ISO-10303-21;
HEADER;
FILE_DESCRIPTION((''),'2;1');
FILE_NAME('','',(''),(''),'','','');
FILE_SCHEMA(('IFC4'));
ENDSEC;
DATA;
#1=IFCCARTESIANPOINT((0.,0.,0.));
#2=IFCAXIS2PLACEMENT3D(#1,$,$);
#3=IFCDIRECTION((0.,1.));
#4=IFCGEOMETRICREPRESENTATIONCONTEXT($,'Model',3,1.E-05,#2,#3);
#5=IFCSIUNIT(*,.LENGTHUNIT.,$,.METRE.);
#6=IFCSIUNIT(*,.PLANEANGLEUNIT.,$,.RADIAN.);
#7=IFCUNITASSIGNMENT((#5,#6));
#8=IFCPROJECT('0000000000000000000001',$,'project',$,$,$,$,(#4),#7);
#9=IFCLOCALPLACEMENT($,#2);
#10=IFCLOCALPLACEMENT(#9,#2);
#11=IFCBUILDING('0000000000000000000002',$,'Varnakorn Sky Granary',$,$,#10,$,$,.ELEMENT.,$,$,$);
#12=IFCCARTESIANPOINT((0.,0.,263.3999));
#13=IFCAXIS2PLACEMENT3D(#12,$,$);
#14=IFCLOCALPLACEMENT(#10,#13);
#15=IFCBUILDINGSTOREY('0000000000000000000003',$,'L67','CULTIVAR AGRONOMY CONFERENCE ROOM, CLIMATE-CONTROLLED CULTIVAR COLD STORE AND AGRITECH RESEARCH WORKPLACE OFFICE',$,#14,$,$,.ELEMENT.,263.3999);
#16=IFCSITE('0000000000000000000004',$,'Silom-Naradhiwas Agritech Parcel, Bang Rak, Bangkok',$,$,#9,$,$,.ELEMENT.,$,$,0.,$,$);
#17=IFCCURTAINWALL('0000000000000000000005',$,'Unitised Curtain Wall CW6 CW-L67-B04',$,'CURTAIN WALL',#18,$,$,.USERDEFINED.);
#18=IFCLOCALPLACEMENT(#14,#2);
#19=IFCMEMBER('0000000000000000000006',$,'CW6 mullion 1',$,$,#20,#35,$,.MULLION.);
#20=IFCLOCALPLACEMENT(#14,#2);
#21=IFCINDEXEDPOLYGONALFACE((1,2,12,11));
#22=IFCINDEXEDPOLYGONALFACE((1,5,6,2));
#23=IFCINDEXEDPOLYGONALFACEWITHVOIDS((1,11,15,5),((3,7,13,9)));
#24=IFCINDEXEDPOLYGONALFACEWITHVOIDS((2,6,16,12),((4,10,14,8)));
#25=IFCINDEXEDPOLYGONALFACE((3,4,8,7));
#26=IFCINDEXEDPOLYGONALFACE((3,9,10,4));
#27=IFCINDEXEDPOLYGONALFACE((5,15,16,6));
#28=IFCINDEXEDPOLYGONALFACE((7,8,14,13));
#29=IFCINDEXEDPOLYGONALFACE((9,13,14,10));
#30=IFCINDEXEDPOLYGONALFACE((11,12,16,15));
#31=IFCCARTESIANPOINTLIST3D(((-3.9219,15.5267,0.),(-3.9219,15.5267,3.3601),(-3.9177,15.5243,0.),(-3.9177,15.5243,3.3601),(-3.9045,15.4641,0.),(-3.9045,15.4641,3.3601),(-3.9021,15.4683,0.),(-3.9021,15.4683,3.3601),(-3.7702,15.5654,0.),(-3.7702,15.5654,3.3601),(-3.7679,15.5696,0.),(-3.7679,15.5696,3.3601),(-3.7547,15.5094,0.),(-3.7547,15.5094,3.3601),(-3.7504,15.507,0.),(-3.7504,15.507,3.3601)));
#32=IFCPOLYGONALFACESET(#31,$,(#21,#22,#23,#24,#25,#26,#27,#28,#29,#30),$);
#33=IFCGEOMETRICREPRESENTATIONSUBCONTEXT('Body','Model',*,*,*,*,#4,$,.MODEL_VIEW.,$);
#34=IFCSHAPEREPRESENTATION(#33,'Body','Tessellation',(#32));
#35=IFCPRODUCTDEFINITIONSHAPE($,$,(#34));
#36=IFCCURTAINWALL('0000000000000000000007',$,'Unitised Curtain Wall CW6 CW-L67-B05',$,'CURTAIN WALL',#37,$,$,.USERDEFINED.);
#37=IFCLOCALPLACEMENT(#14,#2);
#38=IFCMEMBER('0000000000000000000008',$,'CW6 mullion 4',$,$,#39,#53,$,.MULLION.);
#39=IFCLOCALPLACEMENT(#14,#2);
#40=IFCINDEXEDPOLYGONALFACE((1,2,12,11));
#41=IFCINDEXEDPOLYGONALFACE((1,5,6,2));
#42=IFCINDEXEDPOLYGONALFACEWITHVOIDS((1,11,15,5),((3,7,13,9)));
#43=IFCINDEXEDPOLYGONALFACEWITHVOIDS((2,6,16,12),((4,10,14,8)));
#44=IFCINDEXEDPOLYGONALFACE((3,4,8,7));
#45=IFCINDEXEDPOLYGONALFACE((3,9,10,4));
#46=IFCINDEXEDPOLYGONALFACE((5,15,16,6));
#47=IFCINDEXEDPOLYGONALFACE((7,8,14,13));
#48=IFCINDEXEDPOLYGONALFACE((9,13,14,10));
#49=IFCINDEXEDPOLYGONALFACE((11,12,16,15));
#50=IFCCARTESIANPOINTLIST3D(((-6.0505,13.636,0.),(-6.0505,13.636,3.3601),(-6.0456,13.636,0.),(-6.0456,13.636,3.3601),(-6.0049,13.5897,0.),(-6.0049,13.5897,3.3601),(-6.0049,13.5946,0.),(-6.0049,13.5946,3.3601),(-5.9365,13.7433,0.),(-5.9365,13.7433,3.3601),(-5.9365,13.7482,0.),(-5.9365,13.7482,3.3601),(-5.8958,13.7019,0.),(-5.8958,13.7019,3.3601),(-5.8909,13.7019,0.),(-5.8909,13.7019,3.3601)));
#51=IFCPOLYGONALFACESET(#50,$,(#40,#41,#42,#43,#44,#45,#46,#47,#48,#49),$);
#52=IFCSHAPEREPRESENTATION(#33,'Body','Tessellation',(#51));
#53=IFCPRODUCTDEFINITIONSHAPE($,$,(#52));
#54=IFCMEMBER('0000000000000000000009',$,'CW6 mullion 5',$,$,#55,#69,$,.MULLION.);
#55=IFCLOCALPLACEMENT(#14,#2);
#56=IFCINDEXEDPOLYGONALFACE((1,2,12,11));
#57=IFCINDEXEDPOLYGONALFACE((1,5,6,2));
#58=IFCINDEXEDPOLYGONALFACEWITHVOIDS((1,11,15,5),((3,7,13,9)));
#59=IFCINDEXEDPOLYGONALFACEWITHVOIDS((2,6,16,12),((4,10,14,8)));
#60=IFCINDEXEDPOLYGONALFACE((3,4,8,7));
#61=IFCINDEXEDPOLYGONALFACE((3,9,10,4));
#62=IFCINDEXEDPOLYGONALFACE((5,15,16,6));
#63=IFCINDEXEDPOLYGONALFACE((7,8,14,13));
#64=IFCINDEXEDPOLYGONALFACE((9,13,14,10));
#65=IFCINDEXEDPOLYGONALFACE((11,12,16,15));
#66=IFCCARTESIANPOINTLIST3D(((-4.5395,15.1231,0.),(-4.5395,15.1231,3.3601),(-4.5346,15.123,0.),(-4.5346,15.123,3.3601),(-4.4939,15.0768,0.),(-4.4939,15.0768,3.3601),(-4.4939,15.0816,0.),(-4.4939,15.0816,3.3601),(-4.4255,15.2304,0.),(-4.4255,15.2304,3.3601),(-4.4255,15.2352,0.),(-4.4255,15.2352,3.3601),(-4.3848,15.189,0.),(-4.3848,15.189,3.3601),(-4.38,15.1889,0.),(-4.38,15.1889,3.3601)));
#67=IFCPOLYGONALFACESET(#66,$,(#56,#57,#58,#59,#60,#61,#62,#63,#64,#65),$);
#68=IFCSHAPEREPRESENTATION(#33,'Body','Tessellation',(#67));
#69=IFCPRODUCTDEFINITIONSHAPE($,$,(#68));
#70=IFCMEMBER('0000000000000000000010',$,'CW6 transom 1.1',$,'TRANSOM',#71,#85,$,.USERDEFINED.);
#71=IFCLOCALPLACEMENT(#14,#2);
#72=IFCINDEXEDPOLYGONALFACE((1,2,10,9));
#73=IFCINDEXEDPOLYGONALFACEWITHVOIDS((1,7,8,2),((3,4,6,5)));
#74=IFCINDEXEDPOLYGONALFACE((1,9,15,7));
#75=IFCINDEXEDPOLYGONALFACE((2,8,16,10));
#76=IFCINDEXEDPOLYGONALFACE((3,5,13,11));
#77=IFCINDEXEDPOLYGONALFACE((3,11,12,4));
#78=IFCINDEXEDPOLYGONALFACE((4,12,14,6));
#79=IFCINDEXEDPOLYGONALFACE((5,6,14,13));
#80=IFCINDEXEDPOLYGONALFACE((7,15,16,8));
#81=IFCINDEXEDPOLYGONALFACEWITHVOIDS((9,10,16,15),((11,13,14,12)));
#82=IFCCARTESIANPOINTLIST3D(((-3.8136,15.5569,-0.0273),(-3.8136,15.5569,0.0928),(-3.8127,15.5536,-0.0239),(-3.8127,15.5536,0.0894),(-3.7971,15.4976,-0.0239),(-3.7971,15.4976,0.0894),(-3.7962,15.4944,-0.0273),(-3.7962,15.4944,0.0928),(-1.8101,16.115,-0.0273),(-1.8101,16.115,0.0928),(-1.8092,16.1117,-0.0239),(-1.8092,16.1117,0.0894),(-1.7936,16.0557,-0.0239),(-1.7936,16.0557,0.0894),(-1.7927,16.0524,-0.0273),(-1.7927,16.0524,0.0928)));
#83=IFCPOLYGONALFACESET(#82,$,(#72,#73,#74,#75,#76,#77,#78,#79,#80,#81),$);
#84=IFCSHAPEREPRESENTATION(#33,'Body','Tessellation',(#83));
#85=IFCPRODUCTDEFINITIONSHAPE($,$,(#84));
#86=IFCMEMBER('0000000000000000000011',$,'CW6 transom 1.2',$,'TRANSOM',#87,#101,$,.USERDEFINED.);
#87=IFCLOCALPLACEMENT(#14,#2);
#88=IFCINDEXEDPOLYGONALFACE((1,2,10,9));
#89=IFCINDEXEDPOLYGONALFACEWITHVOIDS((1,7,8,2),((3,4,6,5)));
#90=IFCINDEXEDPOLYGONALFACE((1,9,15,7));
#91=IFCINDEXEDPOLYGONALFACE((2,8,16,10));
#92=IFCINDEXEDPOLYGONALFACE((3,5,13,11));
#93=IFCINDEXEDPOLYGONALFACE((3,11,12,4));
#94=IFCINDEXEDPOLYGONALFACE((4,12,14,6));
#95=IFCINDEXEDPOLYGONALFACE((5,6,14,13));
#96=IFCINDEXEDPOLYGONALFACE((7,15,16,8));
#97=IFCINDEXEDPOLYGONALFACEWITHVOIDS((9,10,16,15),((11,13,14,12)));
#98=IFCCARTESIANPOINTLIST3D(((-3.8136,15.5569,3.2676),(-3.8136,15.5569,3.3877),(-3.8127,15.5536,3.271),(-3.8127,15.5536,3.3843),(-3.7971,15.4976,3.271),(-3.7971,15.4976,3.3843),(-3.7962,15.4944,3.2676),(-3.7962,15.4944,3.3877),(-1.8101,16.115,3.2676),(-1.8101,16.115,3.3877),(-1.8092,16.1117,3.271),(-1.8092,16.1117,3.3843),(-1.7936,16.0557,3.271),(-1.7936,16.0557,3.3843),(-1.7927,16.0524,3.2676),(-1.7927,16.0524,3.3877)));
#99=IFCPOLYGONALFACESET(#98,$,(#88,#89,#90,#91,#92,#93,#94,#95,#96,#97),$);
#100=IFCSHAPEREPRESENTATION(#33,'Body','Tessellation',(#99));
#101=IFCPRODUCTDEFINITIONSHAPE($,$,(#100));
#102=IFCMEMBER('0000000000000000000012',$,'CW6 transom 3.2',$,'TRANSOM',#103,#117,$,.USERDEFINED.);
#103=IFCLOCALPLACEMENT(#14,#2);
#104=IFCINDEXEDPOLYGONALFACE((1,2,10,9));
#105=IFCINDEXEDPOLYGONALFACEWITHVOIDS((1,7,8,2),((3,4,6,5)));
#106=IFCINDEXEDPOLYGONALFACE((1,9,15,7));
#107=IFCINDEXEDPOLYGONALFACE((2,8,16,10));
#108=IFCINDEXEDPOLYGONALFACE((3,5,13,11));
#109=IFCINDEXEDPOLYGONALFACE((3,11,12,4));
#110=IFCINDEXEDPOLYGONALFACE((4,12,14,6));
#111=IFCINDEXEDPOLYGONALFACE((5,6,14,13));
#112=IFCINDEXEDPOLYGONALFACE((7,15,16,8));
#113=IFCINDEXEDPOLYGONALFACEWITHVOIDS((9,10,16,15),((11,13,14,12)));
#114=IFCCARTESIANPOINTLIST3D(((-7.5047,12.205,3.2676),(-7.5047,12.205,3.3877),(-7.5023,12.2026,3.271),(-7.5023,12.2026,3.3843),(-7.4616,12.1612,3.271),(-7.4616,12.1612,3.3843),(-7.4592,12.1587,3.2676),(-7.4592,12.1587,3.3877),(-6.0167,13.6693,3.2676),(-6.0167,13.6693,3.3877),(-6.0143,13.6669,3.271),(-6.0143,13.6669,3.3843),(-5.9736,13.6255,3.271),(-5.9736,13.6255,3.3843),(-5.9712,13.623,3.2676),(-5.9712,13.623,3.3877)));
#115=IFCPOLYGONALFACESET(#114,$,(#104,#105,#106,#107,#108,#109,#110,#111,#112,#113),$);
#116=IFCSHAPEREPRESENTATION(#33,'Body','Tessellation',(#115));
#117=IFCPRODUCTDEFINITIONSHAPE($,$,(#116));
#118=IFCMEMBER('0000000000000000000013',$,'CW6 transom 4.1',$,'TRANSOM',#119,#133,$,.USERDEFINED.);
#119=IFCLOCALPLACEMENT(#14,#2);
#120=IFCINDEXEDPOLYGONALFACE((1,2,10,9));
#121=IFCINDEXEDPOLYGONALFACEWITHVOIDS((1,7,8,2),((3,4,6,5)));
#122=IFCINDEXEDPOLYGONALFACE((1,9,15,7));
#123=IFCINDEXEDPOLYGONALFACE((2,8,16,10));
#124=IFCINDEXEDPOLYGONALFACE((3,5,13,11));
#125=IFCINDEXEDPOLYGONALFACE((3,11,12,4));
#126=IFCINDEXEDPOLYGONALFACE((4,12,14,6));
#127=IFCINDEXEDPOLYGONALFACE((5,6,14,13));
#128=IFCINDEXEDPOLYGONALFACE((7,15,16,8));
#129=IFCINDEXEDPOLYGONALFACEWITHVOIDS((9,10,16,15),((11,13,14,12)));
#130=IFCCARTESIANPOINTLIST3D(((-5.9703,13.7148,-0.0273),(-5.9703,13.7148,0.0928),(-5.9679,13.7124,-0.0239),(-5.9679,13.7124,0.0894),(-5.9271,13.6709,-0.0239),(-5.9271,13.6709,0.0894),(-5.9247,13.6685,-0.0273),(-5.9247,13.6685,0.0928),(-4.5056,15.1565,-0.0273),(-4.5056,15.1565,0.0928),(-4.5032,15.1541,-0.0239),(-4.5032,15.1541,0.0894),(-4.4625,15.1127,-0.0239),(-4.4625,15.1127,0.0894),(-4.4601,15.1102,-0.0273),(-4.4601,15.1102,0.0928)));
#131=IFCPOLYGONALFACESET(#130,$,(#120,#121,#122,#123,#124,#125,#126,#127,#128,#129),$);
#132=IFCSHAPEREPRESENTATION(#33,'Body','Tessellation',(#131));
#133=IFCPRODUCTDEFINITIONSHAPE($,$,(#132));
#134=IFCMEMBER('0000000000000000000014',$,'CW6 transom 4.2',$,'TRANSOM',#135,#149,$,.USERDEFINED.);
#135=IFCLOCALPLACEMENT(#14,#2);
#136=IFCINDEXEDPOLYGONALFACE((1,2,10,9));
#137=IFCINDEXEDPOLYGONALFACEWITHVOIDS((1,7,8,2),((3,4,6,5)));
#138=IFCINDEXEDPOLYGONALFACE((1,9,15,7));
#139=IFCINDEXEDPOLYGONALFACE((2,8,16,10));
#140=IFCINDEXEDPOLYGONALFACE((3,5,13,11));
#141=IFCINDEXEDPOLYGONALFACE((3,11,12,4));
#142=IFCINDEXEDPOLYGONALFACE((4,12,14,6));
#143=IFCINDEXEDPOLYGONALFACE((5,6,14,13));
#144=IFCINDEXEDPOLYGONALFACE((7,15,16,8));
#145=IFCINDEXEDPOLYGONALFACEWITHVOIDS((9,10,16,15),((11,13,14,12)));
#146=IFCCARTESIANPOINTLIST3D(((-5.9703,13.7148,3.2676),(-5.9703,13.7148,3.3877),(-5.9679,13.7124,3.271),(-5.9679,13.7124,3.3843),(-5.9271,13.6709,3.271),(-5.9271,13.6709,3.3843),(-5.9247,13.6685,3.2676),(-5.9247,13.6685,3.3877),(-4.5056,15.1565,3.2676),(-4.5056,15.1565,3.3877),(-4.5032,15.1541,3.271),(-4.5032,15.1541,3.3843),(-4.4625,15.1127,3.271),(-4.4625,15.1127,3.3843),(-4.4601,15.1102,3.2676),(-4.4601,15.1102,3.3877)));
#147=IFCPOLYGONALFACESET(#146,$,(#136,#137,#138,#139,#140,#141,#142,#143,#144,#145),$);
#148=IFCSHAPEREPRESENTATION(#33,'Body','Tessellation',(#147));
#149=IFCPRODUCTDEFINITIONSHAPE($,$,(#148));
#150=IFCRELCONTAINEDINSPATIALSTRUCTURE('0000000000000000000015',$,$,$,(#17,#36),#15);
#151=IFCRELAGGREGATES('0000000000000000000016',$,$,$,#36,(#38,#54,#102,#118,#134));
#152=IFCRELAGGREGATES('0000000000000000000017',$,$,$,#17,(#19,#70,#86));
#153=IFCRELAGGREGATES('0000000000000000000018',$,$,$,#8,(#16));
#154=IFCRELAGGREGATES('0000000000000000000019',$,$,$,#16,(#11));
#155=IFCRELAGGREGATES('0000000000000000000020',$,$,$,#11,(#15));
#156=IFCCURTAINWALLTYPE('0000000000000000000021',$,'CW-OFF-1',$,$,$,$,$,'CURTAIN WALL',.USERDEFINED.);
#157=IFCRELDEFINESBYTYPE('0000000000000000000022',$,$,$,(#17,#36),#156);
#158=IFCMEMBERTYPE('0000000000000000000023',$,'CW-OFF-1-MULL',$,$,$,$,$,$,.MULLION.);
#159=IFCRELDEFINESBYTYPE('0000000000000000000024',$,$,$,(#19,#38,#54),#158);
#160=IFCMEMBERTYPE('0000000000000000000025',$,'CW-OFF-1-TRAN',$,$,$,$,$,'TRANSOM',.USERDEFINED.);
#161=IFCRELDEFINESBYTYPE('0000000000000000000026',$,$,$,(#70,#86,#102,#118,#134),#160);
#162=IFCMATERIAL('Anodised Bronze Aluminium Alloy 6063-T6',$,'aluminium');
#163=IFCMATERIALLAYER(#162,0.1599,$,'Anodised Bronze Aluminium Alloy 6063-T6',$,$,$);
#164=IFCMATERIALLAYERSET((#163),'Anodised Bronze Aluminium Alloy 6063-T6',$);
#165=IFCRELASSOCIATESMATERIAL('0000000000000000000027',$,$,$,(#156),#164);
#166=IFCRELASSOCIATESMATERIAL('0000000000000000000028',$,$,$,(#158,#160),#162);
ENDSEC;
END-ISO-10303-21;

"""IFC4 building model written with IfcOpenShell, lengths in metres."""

from ifc_helpers import new_model, si_unit, direction, frame, origin, origin_2d, place, context, subcontext, project, spatial, hollow_rectangle, extrude, material, layer, layer_set, material_profile, profile_set, type_object, element, aggregate, save


model = new_model("IFC4")

# Units and contexts
model_context = context("Model", 3, precision=1e-05, world=origin(), true_north=direction((0.0, 1.0)))
body_context = subcontext(model_context, "Body", "Model", "MODEL_VIEW")
ifc_project = project(units=[si_unit("LENGTHUNIT", "METRE"), si_unit("PLANEANGLEUNIT", "RADIAN")], contexts=[model_context])

# Site, building, storey
site_placement = place(None, origin())
site = spatial("IfcSite", under=ifc_project, at=site_placement, Name="Silom-Naradhiwas Agritech Parcel, Bang Rak, Bangkok", CompositionType="ELEMENT", RefElevation=0.0)
building_placement = place(site_placement, origin())
building = spatial("IfcBuilding", under=site, at=building_placement, Name="Varnakorn Sky Granary", CompositionType="ELEMENT")
storey_placement = place(building_placement, frame((0.0, 0.0, 263.3999)))
storey = spatial("IfcBuildingStorey", under=building, at=storey_placement, Name="L67", Description="CULTIVAR AGRONOMY CONFERENCE ROOM, CLIMATE-CONTROLLED CULTIVAR COLD STORE AND AGRITECH RESEARCH WORKPLACE OFFICE", CompositionType="ELEMENT", Elevation=263.3999)

# Curtain wall, member
ifc_material_1 = material(Name="Anodised Bronze Aluminium Alloy 6063-T6", Category="aluminium")
ifc_layer_1 = layer(ifc_material_1, 0.1599, Name="Anodised Bronze Aluminium Alloy 6063-T6")
ifc_layer_set_1 = layer_set([ifc_layer_1], Name="Anodised Bronze Aluminium Alloy 6063-T6")
curtain_wall_type = type_object("IfcCurtainWallType", Name="CW-OFF-1", ElementType="CURTAIN WALL", PredefinedType="USERDEFINED", material=ifc_layer_set_1)
curtain_wall_1_placement = place(storey_placement, origin())
curtain_wall_1 = element("IfcCurtainWall", 1, at=curtain_wall_1_placement, inside=storey, type_object=curtain_wall_type, Name="Unitised Curtain Wall CW6 CW-L67-B04", ObjectType="CURTAIN WALL", PredefinedType="USERDEFINED")
ifc_material_profile_1 = material_profile(ifc_material_1, hollow_rectangle(XDim=0.0649, YDim=0.1599, WallThickness=0.0034, at=origin_2d()), Name="ALU MULL 65x160")
ifc_profile_set_1 = profile_set([ifc_material_profile_1], Name="Anodised Bronze Aluminium Alloy 6063-T6")
member_type_1 = type_object("IfcMemberType", Name="CW-OFF-1-MULL", PredefinedType="MULLION", material=ifc_profile_set_1)
member_1_placement = place(storey_placement, frame((-3.8362, 15.5168, 0.0), z_axis=(0.0, 0.0, 1.0), x_axis=(-0.268401, 0.963307, 0.0)))
member_1 = element("IfcMember", 2, at=member_1_placement, type_object=member_type_1, Name="CW6 mullion 1", PredefinedType="MULLION", context=body_context, shape_type="SweptSolid", body=[
    extrude(hollow_rectangle(XDim=0.0649, YDim=0.1599, WallThickness=0.0034, at=origin_2d()), origin(), (0.0, 0.0, 1.0), 3.3601),
])

# Curtain wall, members
curtain_wall_2_placement = place(storey_placement, origin())
curtain_wall_2 = element("IfcCurtainWall", 3, at=curtain_wall_2_placement, inside=storey, type_object=curtain_wall_type, Name="Unitised Curtain Wall CW6 CW-L67-B05", ObjectType="CURTAIN WALL", PredefinedType="USERDEFINED")
member_2_placement = place(storey_placement, frame((-5.9707, 13.6689, 0.0), z_axis=(0.0, 0.0, 1.0), x_axis=(-0.70144, 0.712728, 0.0)))
member_2 = element("IfcMember", 4, at=member_2_placement, type_object=member_type_1, Name="CW6 mullion 4", PredefinedType="MULLION", context=body_context, shape_type="SweptSolid", body=[
    extrude(hollow_rectangle(XDim=0.0649, YDim=0.1599, WallThickness=0.0034, at=origin_2d()), origin(), (0.0, 0.0, 1.0), 3.3601),
])
member_3_placement = place(storey_placement, frame((-4.4597, 15.156, 0.0), z_axis=(0.0, 0.0, 1.0), x_axis=(-0.70144, 0.712728, 0.0)))
member_3 = element("IfcMember", 5, at=member_3_placement, type_object=member_type_1, Name="CW6 mullion 5", PredefinedType="MULLION", context=body_context, shape_type="SweptSolid", body=[
    extrude(hollow_rectangle(XDim=0.0649, YDim=0.1599, WallThickness=0.0034, at=origin_2d()), origin(), (0.0, 0.0, 1.0), 3.3601),
])

# Members
ifc_material_profile_2 = material_profile(ifc_material_1, hollow_rectangle(XDim=0.0649, YDim=0.1201, WallThickness=0.0034, at=origin_2d()), Name="ALU TRAN 65x120")
ifc_profile_set_2 = profile_set([ifc_material_profile_2], Name="Anodised Bronze Aluminium Alloy 6063-T6")
member_type_2 = type_object("IfcMemberType", Name="CW-OFF-1-TRAN", ElementType="TRANSOM", PredefinedType="USERDEFINED", material=ifc_profile_set_2)
member_4_placement = place(storey_placement, frame((-3.8049, 15.5256, 0.0327), z_axis=(0.963328, 0.268328, 0.0), x_axis=(-0.268328, 0.963328, 0.0)))
member_4 = element("IfcMember", 6, at=member_4_placement, type_object=member_type_2, Name="CW6 transom 1.1", ObjectType="TRANSOM", PredefinedType="USERDEFINED", context=body_context, shape_type="SweptSolid", body=[
    extrude(hollow_rectangle(XDim=0.0649, YDim=0.1201, WallThickness=0.0034, at=origin_2d()), origin(), (0.0, 0.0, 1.0), 2.0798),
])
member_5_placement = place(storey_placement, frame((-3.8049, 15.5256, 3.3276), z_axis=(0.963328, 0.268328, 0.0), x_axis=(-0.268328, 0.963328, 0.0)))
member_5 = element("IfcMember", 7, at=member_5_placement, type_object=member_type_2, Name="CW6 transom 1.2", ObjectType="TRANSOM", PredefinedType="USERDEFINED", context=body_context, shape_type="SweptSolid", body=[
    extrude(hollow_rectangle(XDim=0.0649, YDim=0.1201, WallThickness=0.0034, at=origin_2d()), origin(), (0.0, 0.0, 1.0), 2.0798),
])
member_6_placement = place(storey_placement, frame((-7.4819, 12.1819, 3.3276), z_axis=(0.712756, 0.701412, 0.0), x_axis=(-0.701412, 0.712756, 0.0)))
member_6 = element("IfcMember", 8, at=member_6_placement, type_object=member_type_2, Name="CW6 transom 3.2", ObjectType="TRANSOM", PredefinedType="USERDEFINED", context=body_context, shape_type="SweptSolid", body=[
    extrude(hollow_rectangle(XDim=0.0649, YDim=0.1201, WallThickness=0.0034, at=origin_2d()), origin(), (0.0, 0.0, 1.0), 2.0876),
])
member_7_placement = place(storey_placement, frame((-5.9475, 13.6917, 0.0327), z_axis=(0.712668, 0.701501, 0.0), x_axis=(-0.701501, 0.712668, 0.0)))
member_7 = element("IfcMember", 9, at=member_7_placement, type_object=member_type_2, Name="CW6 transom 4.1", ObjectType="TRANSOM", PredefinedType="USERDEFINED", context=body_context, shape_type="SweptSolid", body=[
    extrude(hollow_rectangle(XDim=0.0649, YDim=0.1201, WallThickness=0.0034, at=origin_2d()), origin(), (0.0, 0.0, 1.0), 2.0552),
])
member_8_placement = place(storey_placement, frame((-5.9475, 13.6917, 3.3276), z_axis=(0.712668, 0.701501, 0.0), x_axis=(-0.701501, 0.712668, 0.0)))
member_8 = element("IfcMember", 10, at=member_8_placement, type_object=member_type_2, Name="CW6 transom 4.2", ObjectType="TRANSOM", PredefinedType="USERDEFINED", context=body_context, shape_type="SweptSolid", body=[
    extrude(hollow_rectangle(XDim=0.0649, YDim=0.1201, WallThickness=0.0034, at=origin_2d()), origin(), (0.0, 0.0, 1.0), 2.0552),
])

aggregate(curtain_wall_2, [member_2, member_3, member_6, member_7, member_8])
aggregate(curtain_wall_1, [member_1, member_4, member_5])

save(model, "model.ifc")
